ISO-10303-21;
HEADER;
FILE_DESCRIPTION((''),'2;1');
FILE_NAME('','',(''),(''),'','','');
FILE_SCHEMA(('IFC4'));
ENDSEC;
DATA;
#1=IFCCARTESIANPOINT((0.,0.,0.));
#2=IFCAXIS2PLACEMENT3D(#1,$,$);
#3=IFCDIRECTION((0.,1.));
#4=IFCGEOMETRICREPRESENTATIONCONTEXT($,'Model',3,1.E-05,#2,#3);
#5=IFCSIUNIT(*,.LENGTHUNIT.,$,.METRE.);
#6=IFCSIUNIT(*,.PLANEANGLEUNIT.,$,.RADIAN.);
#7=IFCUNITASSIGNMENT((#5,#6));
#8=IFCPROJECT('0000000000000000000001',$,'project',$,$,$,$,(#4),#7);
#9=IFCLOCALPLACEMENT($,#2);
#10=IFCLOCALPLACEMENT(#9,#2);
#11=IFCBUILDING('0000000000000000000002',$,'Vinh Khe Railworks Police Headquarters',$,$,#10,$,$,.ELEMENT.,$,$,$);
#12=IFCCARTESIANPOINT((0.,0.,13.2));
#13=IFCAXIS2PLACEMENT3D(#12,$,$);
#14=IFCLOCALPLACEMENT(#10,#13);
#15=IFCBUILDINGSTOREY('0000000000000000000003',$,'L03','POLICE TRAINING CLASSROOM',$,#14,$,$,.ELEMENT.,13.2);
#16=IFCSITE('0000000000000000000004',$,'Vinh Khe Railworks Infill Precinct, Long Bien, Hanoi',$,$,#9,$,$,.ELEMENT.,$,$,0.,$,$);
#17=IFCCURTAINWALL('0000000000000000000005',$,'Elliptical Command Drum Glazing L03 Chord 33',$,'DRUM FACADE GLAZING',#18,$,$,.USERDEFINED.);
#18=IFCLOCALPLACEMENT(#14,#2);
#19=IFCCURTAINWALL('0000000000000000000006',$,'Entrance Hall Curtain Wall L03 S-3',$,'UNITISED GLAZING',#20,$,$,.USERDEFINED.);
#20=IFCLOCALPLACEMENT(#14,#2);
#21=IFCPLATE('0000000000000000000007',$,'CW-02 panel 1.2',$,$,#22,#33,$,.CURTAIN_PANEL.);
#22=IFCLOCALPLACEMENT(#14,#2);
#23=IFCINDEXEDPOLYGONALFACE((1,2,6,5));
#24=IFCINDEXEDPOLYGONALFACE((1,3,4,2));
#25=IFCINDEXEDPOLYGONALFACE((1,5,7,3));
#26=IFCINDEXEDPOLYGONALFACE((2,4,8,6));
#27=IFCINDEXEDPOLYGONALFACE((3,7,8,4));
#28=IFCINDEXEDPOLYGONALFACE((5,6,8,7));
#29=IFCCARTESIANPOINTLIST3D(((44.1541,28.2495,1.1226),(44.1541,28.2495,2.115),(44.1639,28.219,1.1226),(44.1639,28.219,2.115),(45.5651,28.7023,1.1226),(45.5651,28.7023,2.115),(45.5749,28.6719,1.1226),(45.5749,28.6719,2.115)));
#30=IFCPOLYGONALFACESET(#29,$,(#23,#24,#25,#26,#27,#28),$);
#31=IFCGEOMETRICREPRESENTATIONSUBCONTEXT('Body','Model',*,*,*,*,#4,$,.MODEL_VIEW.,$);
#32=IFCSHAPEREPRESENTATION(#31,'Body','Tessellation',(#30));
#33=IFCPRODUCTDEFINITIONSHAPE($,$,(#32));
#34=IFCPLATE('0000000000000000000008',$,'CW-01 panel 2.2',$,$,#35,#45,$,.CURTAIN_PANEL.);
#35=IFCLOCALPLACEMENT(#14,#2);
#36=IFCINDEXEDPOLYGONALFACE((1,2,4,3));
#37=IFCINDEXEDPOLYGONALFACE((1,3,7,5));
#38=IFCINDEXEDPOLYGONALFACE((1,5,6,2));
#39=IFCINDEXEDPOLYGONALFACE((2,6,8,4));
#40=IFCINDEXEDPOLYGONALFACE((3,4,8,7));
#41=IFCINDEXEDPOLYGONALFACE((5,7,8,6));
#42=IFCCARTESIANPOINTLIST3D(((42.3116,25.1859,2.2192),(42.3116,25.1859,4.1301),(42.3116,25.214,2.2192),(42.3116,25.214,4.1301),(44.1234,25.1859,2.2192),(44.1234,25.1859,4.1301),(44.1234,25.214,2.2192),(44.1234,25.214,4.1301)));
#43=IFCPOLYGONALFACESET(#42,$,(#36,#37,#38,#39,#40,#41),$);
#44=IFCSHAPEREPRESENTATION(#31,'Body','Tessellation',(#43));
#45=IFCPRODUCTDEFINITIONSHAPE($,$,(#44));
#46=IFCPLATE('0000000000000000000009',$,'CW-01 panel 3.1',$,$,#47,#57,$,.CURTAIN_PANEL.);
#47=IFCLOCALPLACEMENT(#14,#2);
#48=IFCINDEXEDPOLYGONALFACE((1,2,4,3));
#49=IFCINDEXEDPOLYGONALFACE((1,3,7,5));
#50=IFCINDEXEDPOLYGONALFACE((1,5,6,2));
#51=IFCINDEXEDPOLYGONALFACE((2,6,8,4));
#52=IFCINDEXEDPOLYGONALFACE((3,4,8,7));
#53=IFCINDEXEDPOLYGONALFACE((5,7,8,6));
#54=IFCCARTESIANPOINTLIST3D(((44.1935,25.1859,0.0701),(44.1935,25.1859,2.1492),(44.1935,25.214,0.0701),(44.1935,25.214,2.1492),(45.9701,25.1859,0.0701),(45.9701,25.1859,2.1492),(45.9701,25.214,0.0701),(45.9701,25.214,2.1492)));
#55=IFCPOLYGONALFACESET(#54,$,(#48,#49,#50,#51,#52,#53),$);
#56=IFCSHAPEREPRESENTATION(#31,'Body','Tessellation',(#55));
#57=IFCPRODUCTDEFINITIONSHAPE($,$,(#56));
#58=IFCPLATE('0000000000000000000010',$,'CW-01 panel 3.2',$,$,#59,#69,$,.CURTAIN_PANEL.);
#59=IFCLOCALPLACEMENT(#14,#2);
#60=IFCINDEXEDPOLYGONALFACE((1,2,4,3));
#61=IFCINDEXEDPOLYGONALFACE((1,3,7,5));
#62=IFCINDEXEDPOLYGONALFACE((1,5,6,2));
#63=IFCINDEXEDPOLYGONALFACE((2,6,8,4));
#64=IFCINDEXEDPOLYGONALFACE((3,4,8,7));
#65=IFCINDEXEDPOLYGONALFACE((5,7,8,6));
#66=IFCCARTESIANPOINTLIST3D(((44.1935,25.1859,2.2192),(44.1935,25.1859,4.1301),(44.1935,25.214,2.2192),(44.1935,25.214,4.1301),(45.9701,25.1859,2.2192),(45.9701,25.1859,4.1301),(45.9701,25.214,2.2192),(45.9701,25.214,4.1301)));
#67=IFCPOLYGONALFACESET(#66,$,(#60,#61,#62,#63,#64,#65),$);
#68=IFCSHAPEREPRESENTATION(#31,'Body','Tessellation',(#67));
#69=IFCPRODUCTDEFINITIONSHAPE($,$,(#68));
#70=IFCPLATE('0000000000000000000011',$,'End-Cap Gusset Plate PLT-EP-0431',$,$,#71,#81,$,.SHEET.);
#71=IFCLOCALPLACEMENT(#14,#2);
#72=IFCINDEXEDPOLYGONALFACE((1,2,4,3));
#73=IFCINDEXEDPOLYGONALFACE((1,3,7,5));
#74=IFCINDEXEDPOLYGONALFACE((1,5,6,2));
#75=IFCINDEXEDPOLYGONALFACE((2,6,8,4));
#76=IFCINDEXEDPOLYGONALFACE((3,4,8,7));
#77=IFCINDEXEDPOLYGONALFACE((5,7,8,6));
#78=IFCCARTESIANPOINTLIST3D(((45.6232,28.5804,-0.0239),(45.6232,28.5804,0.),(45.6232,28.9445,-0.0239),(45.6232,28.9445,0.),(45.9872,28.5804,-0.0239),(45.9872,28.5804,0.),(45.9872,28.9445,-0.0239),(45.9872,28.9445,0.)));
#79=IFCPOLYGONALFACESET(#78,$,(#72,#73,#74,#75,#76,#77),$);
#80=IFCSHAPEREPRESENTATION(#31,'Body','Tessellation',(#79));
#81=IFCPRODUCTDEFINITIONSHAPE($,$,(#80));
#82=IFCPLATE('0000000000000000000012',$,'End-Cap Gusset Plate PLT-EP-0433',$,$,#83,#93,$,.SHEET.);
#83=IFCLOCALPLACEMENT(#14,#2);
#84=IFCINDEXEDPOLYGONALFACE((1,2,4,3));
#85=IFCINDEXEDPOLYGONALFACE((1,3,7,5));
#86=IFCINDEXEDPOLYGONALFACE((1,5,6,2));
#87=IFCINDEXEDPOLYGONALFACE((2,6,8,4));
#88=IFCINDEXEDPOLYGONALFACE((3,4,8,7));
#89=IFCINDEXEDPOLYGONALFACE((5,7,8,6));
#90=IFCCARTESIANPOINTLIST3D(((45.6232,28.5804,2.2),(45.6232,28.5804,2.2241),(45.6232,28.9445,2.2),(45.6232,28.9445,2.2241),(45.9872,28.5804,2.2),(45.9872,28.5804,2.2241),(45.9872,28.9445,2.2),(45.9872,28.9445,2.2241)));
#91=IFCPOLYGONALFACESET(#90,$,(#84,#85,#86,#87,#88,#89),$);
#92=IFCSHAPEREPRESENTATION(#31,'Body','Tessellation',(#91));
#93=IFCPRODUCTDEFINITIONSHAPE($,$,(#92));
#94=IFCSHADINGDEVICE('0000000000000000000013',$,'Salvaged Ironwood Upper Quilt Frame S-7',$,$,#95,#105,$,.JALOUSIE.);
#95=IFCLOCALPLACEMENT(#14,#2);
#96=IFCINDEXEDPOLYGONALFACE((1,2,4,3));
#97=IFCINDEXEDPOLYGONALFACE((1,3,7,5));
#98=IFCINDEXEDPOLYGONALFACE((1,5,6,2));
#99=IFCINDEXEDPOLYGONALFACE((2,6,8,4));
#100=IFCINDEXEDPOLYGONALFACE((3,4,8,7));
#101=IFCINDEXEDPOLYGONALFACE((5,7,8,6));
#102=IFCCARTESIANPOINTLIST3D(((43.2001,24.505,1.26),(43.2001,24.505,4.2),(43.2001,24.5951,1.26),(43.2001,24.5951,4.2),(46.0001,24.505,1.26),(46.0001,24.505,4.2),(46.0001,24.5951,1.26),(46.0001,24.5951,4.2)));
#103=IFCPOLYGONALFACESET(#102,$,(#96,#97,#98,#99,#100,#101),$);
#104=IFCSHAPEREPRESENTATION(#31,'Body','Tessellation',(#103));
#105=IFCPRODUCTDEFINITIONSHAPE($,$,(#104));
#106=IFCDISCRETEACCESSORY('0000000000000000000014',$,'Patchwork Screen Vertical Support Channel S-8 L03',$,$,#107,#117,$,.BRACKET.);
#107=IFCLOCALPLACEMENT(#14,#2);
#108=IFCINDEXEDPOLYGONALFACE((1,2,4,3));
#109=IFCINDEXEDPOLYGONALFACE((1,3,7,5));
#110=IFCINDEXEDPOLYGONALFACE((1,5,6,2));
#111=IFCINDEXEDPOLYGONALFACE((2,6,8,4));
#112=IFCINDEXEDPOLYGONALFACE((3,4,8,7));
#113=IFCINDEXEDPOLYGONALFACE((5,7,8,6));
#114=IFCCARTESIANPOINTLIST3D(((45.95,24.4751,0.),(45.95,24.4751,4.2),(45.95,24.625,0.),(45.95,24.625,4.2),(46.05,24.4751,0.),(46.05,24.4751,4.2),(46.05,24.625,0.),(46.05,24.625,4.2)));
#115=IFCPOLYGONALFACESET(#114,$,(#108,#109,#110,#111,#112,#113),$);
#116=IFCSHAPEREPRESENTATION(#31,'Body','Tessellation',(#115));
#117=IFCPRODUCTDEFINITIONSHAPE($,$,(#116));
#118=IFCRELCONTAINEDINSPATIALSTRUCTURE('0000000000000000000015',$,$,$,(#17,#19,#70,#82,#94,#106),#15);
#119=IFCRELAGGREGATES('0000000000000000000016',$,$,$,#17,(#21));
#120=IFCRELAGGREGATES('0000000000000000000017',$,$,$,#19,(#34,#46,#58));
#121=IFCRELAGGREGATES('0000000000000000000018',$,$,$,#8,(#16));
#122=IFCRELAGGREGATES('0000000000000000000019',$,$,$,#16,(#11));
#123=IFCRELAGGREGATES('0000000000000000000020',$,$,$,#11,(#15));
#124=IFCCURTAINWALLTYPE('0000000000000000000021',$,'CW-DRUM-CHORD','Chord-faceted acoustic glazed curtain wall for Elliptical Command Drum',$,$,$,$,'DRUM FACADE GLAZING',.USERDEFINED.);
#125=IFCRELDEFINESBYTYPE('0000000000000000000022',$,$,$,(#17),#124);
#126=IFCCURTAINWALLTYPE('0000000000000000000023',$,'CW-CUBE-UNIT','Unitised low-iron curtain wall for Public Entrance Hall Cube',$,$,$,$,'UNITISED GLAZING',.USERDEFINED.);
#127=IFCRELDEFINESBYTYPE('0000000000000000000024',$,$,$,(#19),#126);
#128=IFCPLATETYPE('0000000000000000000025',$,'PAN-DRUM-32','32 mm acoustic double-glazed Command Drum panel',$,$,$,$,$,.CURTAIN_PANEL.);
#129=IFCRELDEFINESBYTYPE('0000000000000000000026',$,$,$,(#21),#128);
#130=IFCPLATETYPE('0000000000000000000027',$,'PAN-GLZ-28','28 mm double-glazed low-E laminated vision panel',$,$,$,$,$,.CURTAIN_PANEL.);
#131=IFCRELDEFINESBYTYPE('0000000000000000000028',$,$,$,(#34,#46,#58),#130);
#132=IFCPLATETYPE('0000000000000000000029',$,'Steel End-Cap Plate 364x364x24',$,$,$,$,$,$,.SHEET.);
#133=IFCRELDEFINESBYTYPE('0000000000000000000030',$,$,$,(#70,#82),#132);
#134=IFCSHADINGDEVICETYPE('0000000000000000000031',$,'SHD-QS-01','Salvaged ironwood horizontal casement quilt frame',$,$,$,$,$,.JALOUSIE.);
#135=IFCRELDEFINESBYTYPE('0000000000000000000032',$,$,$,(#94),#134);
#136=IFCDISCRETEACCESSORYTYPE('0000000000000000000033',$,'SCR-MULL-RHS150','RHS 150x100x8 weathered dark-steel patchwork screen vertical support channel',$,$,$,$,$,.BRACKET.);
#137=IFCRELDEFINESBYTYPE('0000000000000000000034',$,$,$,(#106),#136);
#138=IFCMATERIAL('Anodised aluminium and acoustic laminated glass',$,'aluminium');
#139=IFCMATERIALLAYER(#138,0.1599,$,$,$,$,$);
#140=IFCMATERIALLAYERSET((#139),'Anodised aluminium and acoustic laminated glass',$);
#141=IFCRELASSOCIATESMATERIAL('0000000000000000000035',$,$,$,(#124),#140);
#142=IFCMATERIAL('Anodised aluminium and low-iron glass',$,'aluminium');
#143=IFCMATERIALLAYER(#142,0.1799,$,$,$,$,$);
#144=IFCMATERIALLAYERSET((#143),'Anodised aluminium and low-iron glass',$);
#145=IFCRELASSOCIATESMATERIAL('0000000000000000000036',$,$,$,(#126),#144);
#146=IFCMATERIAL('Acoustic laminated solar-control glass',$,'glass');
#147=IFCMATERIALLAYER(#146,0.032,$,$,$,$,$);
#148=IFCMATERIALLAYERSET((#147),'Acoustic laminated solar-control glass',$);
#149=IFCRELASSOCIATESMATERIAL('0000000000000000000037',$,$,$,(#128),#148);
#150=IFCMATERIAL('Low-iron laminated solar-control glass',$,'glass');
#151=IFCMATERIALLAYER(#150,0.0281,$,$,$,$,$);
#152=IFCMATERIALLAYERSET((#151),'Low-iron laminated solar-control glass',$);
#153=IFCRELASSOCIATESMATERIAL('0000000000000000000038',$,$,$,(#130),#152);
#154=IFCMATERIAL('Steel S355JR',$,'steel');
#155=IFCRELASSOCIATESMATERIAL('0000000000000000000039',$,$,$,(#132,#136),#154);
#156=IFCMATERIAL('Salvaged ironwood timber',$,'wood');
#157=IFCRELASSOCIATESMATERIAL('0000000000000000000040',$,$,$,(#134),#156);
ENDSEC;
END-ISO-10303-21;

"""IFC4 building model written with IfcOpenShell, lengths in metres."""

from ifc_helpers import new_model, si_unit, direction, frame, origin, origin_2d, place, context, subcontext, project, spatial, rectangle, extrude, material, layer, layer_set, material_profile, profile_set, type_object, element, aggregate, save


model = new_model("IFC4")

# Units and contexts
model_context = context("Model", 3, precision=1e-05, world=origin(), true_north=direction((0.0, 1.0)))
body_context = subcontext(model_context, "Body", "Model", "MODEL_VIEW")
ifc_project = project(units=[si_unit("LENGTHUNIT", "METRE"), si_unit("PLANEANGLEUNIT", "RADIAN")], contexts=[model_context])

# Site, building, storey
site_placement = place(None, origin())
site = spatial("IfcSite", under=ifc_project, at=site_placement, Name="Vinh Khe Railworks Infill Precinct, Long Bien, Hanoi", CompositionType="ELEMENT", RefElevation=0.0)
building_placement = place(site_placement, origin())
building = spatial("IfcBuilding", under=site, at=building_placement, Name="Vinh Khe Railworks Police Headquarters", CompositionType="ELEMENT")
storey_placement = place(building_placement, frame((0.0, 0.0, 13.2)))
storey = spatial("IfcBuildingStorey", under=building, at=storey_placement, Name="L03", Description="POLICE TRAINING CLASSROOM", CompositionType="ELEMENT", Elevation=13.2)

# Shared definitions
ifc_material_1 = material(Name="Steel S355JR", Category="steel")

# Shared definitions
ifc_material_2 = material(Name="Salvaged ironwood timber", Category="wood")

# Shared definitions
ifc_material_3 = material(Name="Anodised aluminium and acoustic laminated glass", Category="aluminium")
ifc_layer_1 = layer(ifc_material_3, 0.1599)
ifc_layer_set_1 = layer_set([ifc_layer_1], Name="Anodised aluminium and acoustic laminated glass")
curtain_wall_type_1 = type_object("IfcCurtainWallType", Name="CW-DRUM-CHORD", Description="Chord-faceted acoustic glazed curtain wall for Elliptical Command Drum", ElementType="DRUM FACADE GLAZING", PredefinedType="USERDEFINED", material=ifc_layer_set_1)

# Curtain wall
curtain_wall_1_placement = place(storey_placement, origin())
curtain_wall_1 = element("IfcCurtainWall", 1, at=curtain_wall_1_placement, inside=storey, type_object=curtain_wall_type_1, Name="Elliptical Command Drum Glazing L03 Chord 33", ObjectType="DRUM FACADE GLAZING", PredefinedType="USERDEFINED")

# Curtain wall
ifc_material_4 = material(Name="Anodised aluminium and low-iron glass", Category="aluminium")
ifc_layer_2 = layer(ifc_material_4, 0.1799)
ifc_layer_set_2 = layer_set([ifc_layer_2], Name="Anodised aluminium and low-iron glass")
curtain_wall_type_2 = type_object("IfcCurtainWallType", Name="CW-CUBE-UNIT", Description="Unitised low-iron curtain wall for Public Entrance Hall Cube", ElementType="UNITISED GLAZING", PredefinedType="USERDEFINED", material=ifc_layer_set_2)
curtain_wall_2_placement = place(storey_placement, origin())
curtain_wall_2 = element("IfcCurtainWall", 2, at=curtain_wall_2_placement, inside=storey, type_object=curtain_wall_type_2, Name="Entrance Hall Curtain Wall L03 S-3", ObjectType="UNITISED GLAZING", PredefinedType="USERDEFINED")

# Plates
ifc_material_5 = material(Name="Acoustic laminated solar-control glass", Category="glass")
ifc_layer_3 = layer(ifc_material_5, 0.032)
ifc_layer_set_3 = layer_set([ifc_layer_3], Name="Acoustic laminated solar-control glass")
plate_type_1 = type_object("IfcPlateType", Name="PAN-DRUM-32", Description="32 mm acoustic double-glazed Command Drum panel", PredefinedType="CURTAIN_PANEL", material=ifc_layer_set_3)
plate_1_placement = place(storey_placement, frame((44.8645, 28.4607, 1.1226), z_axis=(0.0, 0.0, 1.0), x_axis=(0.952167, 0.305579, 0.0)))
plate_1 = element("IfcPlate", 3, at=plate_1_placement, type_object=plate_type_1, Name="CW-02 panel 1.2", PredefinedType="CURTAIN_PANEL", context=body_context, shape_type="SweptSolid", body=[
    extrude(rectangle(XDim=1.4819, YDim=0.032, at=origin_2d()), origin(), (0.0, 0.0, 1.0), 0.9924),
])
aggregate(curtain_wall_1, [plate_1])
ifc_material_6 = material(Name="Low-iron laminated solar-control glass", Category="glass")
ifc_layer_4 = layer(ifc_material_6, 0.0281)
ifc_layer_set_4 = layer_set([ifc_layer_4], Name="Low-iron laminated solar-control glass")
plate_type_2 = type_object("IfcPlateType", Name="PAN-GLZ-28", Description="28 mm double-glazed low-E laminated vision panel", PredefinedType="CURTAIN_PANEL", material=ifc_layer_set_4)
plate_2_placement = place(storey_placement, frame((43.2175, 25.2, 2.2192), z_axis=(0.0, 0.0, 1.0), x_axis=(1.0, 0.0, 0.0)))
plate_2 = element("IfcPlate", 4, at=plate_2_placement, type_object=plate_type_2, Name="CW-01 panel 2.2", PredefinedType="CURTAIN_PANEL", context=body_context, shape_type="SweptSolid", body=[
    extrude(rectangle(XDim=1.8118, YDim=0.0281, at=origin_2d()), origin(), (0.0, 0.0, 1.0), 1.9109),
])
plate_3_placement = place(storey_placement, frame((45.0818, 25.2, 0.0701), z_axis=(0.0, 0.0, 1.0), x_axis=(1.0, 0.0, 0.0)))
plate_3 = element("IfcPlate", 5, at=plate_3_placement, type_object=plate_type_2, Name="CW-01 panel 3.1", PredefinedType="CURTAIN_PANEL", context=body_context, shape_type="SweptSolid", body=[
    extrude(rectangle(XDim=1.7766, YDim=0.0281, at=origin_2d()), origin(), (0.0, 0.0, 1.0), 2.0791),
])
plate_4_placement = place(storey_placement, frame((45.0818, 25.2, 2.2192), z_axis=(0.0, 0.0, 1.0), x_axis=(1.0, 0.0, 0.0)))
plate_4 = element("IfcPlate", 6, at=plate_4_placement, type_object=plate_type_2, Name="CW-01 panel 3.2", PredefinedType="CURTAIN_PANEL", context=body_context, shape_type="SweptSolid", body=[
    extrude(rectangle(XDim=1.7766, YDim=0.0281, at=origin_2d()), origin(), (0.0, 0.0, 1.0), 1.9109),
])
aggregate(curtain_wall_2, [plate_2, plate_3, plate_4])

# Plates
ifc_material_profile_1 = material_profile(ifc_material_1, rectangle(XDim=0.364, YDim=0.364, at=origin_2d()), Name="PL 364x364")
ifc_profile_set_1 = profile_set([ifc_material_profile_1], Name="Steel S355JR")
plate_type_3 = type_object("IfcPlateType", Name="Steel End-Cap Plate 364x364x24", PredefinedType="SHEET", material=ifc_profile_set_1)
plate_5_placement = place(storey_placement, frame((45.8052, 28.7625, 0.0), z_axis=(0.0, 0.0, -1.0), x_axis=(1.0, 0.0, 0.0)))
element("IfcPlate", 7, at=plate_5_placement, inside=storey, type_object=plate_type_3, Name="End-Cap Gusset Plate PLT-EP-0431", PredefinedType="SHEET", context=body_context, shape_type="SweptSolid", body=[
    extrude(rectangle(XDim=0.364, YDim=0.364, at=origin_2d()), origin(), (0.0, 0.0, 1.0), 0.0239),
])
plate_6_placement = place(storey_placement, frame((45.8052, 28.7625, 2.2), z_axis=(0.0, 0.0, 1.0), x_axis=(1.0, 0.0, 0.0)))
element("IfcPlate", 8, at=plate_6_placement, inside=storey, type_object=plate_type_3, Name="End-Cap Gusset Plate PLT-EP-0433", PredefinedType="SHEET", context=body_context, shape_type="SweptSolid", body=[
    extrude(rectangle(XDim=0.364, YDim=0.364, at=origin_2d()), origin(), (0.0, 0.0, 1.0), 0.0242),
])

# Shading device
shading_device_type = type_object("IfcShadingDeviceType", Name="SHD-QS-01", Description="Salvaged ironwood horizontal casement quilt frame", PredefinedType="JALOUSIE", material=ifc_material_2)
shading_device_placement = place(storey_placement, frame((44.6001, 24.55, 1.26), z_axis=(0.0, 0.0, 1.0), x_axis=(1.0, 0.0, 0.0)))
element("IfcShadingDevice", 9, at=shading_device_placement, inside=storey, type_object=shading_device_type, Name="Salvaged Ironwood Upper Quilt Frame S-7", PredefinedType="JALOUSIE", context=body_context, shape_type="SweptSolid", body=[
    extrude(rectangle(XDim=2.8, YDim=0.0901, at=origin_2d()), origin(), (0.0, 0.0, 1.0), 2.9399),
])

# Discrete accessory
discrete_accessory_type = type_object("IfcDiscreteAccessoryType", Name="SCR-MULL-RHS150", Description="RHS 150x100x8 weathered dark-steel patchwork screen vertical support channel", PredefinedType="BRACKET", material=ifc_material_1)
discrete_accessory_placement = place(storey_placement, frame((46.0, 24.55, 0.0), z_axis=(0.0, 0.0, 1.0), x_axis=(1.0, 0.0, 0.0)))
element("IfcDiscreteAccessory", 10, at=discrete_accessory_placement, inside=storey, type_object=discrete_accessory_type, Name="Patchwork Screen Vertical Support Channel S-8 L03", PredefinedType="BRACKET", context=body_context, shape_type="SweptSolid", body=[
    extrude(rectangle(XDim=0.1001, YDim=0.1499, at=origin_2d()), origin(), (0.0, 0.0, 1.0), 4.2),
])

save(model, "model.ifc")
